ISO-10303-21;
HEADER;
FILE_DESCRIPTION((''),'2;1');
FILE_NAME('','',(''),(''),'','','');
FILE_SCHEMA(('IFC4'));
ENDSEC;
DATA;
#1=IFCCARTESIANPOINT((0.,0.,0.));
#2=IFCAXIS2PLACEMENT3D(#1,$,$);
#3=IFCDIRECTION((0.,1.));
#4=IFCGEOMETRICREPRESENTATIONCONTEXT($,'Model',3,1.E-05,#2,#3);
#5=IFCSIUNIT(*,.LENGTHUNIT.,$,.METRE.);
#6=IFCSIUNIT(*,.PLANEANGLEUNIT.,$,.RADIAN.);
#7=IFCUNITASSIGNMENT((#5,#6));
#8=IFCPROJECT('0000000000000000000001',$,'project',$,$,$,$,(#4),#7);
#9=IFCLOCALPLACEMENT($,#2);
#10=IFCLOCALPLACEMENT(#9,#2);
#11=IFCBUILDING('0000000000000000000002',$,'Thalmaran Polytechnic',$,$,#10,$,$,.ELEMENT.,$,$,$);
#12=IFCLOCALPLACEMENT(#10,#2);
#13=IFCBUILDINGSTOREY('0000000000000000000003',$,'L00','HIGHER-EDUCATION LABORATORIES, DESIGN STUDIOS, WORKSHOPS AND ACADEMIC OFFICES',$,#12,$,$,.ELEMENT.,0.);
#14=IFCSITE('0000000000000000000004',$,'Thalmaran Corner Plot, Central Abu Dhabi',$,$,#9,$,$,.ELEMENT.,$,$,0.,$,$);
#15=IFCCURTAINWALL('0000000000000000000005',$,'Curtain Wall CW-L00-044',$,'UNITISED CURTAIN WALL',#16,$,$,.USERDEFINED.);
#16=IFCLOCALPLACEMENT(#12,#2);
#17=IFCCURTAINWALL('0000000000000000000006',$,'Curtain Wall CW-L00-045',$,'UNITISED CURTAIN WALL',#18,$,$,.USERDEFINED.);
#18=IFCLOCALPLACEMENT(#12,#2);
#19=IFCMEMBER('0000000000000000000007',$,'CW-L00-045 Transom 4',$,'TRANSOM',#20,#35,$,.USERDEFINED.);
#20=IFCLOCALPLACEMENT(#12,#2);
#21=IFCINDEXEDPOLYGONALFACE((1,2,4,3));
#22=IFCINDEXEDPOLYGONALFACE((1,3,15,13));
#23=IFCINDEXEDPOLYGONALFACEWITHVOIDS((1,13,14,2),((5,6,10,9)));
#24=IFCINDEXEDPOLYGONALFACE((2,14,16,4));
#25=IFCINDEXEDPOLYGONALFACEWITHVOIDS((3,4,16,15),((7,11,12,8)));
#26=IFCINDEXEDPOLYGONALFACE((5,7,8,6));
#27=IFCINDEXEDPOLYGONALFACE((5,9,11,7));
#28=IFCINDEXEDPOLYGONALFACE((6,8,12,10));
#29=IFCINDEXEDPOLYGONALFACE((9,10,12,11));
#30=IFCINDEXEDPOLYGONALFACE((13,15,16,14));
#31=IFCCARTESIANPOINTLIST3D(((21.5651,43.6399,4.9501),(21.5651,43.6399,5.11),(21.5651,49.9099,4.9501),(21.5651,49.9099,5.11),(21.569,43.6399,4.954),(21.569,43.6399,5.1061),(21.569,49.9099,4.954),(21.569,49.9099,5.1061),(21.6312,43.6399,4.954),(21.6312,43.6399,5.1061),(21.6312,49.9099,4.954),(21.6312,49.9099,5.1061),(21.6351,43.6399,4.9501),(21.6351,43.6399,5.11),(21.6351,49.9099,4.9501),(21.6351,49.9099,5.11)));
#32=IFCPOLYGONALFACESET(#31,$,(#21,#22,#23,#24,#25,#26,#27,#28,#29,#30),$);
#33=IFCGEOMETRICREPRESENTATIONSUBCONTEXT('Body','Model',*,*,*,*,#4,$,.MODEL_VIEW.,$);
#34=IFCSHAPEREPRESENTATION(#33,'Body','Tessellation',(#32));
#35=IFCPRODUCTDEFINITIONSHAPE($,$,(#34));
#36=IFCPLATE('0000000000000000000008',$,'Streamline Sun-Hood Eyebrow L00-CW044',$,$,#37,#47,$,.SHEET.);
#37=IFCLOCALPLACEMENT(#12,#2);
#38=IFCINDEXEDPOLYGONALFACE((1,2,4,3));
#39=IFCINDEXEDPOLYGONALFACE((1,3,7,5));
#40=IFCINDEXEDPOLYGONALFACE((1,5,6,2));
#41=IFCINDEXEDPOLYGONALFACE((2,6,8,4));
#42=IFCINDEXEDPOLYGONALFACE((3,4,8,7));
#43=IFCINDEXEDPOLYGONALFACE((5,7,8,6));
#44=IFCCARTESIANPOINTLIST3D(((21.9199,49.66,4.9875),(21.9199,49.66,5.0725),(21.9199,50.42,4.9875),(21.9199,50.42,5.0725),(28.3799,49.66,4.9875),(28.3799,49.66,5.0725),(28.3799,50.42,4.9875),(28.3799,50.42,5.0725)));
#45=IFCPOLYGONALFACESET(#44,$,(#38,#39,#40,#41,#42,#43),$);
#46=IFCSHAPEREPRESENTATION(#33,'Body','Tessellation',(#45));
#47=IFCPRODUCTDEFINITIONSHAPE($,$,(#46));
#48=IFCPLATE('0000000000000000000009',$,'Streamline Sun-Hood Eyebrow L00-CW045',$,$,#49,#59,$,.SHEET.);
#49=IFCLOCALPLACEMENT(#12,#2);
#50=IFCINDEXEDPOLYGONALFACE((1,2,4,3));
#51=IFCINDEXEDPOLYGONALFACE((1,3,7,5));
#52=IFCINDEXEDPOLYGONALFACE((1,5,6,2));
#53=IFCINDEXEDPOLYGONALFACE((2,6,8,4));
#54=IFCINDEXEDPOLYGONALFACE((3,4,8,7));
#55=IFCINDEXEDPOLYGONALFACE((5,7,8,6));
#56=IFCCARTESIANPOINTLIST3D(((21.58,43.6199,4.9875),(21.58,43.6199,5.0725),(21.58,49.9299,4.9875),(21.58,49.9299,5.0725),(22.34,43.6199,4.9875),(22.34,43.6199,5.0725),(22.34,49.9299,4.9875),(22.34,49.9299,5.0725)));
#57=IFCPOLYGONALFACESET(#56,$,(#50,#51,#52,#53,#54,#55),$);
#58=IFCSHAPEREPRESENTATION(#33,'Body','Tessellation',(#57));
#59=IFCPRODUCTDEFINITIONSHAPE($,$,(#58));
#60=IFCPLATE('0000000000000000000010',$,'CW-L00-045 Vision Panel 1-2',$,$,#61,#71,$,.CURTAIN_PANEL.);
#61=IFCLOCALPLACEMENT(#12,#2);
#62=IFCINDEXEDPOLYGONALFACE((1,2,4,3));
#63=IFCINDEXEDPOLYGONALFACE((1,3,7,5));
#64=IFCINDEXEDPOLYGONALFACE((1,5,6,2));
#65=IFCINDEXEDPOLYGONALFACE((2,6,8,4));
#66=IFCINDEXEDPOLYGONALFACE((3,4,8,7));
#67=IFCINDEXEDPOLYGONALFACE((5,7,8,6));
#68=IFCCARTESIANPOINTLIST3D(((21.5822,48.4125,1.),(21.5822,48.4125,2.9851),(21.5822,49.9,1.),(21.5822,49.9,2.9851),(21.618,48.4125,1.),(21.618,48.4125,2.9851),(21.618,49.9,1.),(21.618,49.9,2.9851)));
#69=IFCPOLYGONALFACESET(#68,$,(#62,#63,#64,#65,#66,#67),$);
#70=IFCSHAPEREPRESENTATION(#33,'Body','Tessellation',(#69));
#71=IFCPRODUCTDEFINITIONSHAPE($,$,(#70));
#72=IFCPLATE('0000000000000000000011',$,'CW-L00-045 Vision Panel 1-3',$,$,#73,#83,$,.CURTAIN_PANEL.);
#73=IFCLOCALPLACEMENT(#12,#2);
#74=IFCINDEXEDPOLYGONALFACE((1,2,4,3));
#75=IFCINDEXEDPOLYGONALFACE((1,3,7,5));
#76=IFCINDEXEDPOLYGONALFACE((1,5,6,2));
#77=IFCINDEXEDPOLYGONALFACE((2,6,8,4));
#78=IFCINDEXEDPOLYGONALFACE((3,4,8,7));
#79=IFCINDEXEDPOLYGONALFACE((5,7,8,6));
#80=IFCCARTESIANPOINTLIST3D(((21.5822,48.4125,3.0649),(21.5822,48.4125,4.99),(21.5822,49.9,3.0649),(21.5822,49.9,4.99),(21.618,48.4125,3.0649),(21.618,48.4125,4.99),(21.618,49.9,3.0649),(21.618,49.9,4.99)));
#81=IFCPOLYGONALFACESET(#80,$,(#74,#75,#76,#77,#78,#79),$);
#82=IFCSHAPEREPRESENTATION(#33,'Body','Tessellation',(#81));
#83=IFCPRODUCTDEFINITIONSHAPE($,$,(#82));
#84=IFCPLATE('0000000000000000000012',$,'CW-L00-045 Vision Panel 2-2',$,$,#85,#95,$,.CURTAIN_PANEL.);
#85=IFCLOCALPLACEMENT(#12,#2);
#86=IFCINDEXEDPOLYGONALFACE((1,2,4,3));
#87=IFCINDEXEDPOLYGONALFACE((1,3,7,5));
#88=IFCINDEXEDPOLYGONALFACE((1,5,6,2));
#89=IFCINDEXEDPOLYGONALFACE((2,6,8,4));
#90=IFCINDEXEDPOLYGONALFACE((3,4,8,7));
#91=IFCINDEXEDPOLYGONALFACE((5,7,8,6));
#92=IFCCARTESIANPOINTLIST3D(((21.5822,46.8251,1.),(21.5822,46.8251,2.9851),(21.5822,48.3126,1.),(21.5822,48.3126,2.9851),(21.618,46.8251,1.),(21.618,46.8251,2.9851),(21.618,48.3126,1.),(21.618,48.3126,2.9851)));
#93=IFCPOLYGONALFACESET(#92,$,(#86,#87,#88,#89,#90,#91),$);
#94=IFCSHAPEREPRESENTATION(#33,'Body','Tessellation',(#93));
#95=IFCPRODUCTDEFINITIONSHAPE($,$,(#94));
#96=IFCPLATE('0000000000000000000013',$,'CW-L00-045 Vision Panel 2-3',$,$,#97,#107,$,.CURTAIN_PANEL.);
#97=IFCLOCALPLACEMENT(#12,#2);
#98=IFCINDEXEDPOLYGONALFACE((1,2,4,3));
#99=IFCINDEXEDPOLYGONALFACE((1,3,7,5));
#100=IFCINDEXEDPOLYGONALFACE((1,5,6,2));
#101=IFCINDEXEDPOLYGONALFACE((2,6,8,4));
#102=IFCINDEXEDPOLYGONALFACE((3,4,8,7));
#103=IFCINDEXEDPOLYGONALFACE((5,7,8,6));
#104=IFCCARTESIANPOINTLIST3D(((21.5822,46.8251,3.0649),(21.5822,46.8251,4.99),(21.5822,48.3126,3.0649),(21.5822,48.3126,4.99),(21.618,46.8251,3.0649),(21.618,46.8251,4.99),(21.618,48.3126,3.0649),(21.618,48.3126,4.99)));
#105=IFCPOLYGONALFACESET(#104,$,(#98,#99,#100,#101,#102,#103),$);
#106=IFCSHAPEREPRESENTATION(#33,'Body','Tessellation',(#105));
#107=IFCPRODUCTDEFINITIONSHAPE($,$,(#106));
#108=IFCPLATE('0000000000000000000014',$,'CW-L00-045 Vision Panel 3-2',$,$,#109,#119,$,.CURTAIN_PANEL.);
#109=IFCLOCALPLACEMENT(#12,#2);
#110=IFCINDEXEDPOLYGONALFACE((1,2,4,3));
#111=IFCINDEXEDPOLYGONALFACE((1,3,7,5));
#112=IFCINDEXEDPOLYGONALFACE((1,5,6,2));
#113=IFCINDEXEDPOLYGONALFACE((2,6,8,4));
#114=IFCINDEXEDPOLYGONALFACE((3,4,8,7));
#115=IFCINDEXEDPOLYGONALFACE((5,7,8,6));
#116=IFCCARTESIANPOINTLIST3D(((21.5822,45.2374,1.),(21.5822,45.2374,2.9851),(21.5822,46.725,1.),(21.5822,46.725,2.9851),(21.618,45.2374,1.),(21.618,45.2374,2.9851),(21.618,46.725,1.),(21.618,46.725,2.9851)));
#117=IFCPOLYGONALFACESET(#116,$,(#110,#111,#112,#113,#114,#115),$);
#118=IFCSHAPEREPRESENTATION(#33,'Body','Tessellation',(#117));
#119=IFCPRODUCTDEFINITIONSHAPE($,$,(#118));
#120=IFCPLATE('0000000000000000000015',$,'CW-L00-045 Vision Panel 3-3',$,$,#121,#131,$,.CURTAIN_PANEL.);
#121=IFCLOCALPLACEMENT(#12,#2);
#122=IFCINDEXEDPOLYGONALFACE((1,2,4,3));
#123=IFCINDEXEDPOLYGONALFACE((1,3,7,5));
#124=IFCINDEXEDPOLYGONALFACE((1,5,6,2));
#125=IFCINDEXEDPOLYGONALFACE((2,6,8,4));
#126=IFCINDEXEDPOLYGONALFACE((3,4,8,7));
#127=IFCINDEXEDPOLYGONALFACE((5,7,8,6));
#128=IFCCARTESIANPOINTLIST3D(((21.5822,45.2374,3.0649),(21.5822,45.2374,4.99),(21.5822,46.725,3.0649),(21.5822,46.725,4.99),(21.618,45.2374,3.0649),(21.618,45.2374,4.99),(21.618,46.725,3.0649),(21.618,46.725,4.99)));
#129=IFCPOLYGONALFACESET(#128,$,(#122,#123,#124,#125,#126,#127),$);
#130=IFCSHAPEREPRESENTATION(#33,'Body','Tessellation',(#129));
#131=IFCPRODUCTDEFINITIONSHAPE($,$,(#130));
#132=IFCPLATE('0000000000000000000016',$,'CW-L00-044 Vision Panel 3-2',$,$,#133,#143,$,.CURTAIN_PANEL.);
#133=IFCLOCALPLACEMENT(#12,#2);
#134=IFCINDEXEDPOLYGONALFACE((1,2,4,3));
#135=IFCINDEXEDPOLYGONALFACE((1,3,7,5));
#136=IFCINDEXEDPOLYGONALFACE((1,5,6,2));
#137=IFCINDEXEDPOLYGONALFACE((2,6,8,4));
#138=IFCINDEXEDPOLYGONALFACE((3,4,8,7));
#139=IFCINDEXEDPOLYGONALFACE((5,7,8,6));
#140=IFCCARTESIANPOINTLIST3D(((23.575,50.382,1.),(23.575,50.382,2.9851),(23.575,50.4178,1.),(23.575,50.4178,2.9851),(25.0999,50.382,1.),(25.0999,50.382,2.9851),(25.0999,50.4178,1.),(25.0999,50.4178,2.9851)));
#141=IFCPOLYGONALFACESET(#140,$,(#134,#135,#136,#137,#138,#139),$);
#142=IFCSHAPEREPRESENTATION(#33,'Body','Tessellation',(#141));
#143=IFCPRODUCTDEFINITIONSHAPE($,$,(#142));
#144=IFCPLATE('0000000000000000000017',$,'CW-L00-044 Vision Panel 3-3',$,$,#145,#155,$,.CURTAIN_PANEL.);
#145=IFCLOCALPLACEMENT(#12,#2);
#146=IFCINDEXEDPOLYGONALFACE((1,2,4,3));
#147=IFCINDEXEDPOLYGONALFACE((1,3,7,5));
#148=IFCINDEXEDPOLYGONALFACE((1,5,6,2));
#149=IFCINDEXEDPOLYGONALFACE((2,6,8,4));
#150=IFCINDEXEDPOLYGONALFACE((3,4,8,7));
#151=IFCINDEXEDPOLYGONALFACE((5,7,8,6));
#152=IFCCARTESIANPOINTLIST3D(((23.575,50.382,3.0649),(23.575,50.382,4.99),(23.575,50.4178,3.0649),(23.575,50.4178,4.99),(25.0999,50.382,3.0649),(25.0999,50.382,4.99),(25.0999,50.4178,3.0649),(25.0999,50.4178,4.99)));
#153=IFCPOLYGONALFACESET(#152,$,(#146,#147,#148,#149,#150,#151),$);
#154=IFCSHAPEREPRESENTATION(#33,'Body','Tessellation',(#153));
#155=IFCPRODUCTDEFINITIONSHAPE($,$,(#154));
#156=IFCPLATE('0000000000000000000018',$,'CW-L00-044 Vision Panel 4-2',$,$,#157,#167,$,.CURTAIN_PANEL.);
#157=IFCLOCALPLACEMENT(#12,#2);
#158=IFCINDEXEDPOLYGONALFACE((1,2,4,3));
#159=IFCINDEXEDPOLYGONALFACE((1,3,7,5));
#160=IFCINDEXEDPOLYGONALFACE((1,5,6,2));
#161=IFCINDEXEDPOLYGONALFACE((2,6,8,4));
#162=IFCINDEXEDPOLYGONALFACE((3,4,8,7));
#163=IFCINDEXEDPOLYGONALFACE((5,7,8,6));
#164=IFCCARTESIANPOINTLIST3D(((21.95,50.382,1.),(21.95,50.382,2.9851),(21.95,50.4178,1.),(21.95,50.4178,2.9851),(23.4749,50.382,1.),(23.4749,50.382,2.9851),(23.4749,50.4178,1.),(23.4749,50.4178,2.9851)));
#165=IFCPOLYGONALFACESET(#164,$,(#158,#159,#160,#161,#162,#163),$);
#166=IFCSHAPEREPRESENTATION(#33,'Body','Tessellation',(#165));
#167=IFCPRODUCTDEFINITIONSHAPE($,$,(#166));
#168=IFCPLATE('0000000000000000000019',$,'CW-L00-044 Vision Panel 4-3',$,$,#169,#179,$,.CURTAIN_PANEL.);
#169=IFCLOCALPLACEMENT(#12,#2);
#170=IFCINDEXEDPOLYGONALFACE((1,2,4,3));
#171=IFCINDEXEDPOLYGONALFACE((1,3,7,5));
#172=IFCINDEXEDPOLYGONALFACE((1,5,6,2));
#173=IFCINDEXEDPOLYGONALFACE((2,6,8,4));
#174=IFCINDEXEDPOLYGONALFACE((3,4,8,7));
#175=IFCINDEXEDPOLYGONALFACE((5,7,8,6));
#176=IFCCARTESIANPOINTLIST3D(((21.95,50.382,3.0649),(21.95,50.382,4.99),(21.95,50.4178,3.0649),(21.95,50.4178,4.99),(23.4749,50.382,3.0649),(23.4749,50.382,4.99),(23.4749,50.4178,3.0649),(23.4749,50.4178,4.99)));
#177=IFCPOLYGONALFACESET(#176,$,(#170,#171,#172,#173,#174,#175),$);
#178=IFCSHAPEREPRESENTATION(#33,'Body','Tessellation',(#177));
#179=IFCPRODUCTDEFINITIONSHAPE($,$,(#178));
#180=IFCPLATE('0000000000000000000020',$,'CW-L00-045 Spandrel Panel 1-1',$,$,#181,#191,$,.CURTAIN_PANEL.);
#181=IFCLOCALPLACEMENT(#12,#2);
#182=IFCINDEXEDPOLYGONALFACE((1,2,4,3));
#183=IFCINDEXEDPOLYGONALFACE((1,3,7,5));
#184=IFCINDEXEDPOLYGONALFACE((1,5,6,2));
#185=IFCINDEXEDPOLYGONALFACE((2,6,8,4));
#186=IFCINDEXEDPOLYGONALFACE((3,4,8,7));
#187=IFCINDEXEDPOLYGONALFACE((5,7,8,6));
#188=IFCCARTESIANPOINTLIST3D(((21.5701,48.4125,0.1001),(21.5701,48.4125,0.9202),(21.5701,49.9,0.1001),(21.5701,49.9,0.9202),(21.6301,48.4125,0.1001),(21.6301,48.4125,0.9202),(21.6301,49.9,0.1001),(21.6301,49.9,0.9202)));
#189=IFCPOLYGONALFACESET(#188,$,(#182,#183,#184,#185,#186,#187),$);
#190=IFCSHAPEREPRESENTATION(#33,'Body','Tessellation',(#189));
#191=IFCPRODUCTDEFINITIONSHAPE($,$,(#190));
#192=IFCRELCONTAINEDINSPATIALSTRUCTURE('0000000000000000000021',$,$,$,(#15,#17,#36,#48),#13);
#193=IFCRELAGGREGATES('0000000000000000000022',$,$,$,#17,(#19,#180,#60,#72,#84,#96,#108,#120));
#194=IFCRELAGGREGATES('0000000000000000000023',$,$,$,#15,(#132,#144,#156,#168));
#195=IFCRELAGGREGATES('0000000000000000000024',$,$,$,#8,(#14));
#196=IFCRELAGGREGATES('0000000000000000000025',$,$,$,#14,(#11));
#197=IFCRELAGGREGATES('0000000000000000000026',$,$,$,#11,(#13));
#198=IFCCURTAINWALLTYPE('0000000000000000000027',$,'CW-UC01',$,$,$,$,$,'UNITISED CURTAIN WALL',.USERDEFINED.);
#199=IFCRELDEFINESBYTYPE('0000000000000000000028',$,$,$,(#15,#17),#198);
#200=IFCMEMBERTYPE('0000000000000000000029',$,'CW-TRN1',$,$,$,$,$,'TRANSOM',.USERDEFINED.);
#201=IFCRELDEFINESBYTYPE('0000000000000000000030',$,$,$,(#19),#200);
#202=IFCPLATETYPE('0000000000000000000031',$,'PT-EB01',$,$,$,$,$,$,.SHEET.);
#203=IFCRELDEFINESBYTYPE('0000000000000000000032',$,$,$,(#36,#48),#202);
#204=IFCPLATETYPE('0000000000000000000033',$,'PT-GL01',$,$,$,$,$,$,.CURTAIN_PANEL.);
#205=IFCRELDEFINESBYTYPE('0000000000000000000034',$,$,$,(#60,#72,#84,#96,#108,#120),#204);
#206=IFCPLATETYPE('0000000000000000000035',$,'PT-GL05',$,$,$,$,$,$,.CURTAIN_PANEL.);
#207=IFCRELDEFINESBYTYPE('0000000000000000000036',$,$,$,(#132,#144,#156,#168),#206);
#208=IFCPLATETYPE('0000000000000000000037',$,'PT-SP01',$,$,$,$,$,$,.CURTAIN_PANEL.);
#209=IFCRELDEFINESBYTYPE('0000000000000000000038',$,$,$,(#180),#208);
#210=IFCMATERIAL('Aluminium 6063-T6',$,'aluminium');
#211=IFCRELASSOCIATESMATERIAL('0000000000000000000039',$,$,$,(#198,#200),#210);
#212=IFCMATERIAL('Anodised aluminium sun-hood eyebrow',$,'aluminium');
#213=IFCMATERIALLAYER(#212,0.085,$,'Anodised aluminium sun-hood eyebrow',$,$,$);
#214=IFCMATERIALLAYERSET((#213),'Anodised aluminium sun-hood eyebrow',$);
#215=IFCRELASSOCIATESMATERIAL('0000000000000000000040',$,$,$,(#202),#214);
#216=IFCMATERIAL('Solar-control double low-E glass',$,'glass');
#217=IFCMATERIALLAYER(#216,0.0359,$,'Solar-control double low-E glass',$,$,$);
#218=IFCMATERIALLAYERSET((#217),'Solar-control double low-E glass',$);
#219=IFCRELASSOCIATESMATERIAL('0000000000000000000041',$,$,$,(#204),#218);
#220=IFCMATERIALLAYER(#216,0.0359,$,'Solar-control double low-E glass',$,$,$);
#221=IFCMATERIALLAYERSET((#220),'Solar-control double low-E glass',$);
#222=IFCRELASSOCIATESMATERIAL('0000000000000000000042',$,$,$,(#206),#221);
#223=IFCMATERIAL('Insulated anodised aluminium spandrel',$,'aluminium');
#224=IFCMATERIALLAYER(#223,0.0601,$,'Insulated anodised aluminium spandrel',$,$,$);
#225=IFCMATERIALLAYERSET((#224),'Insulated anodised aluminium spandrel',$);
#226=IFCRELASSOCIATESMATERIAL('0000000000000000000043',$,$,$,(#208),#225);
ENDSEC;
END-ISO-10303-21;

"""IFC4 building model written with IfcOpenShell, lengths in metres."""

from ifc_helpers import new_model, si_unit, direction, frame, origin, origin_2d, place, context, subcontext, project, spatial, rectangle, hollow_rectangle, extrude, material, layer, layer_set, material_profile, profile_set, type_object, element, aggregate, save


model = new_model("IFC4")

# Units and contexts
model_context = context("Model", 3, precision=1e-05, world=origin(), true_north=direction((0.0, 1.0)))
body_context = subcontext(model_context, "Body", "Model", "MODEL_VIEW")
ifc_project = project(units=[si_unit("LENGTHUNIT", "METRE"), si_unit("PLANEANGLEUNIT", "RADIAN")], contexts=[model_context])

# Site, building, storey
site_placement = place(None, origin())
site = spatial("IfcSite", under=ifc_project, at=site_placement, Name="Thalmaran Corner Plot, Central Abu Dhabi", CompositionType="ELEMENT", RefElevation=0.0)
building_placement = place(site_placement, origin())
building = spatial("IfcBuilding", under=site, at=building_placement, Name="Thalmaran Polytechnic", CompositionType="ELEMENT")
storey_placement = place(building_placement, origin())
storey = spatial("IfcBuildingStorey", under=building, at=storey_placement, Name="L00", Description="HIGHER-EDUCATION LABORATORIES, DESIGN STUDIOS, WORKSHOPS AND ACADEMIC OFFICES", CompositionType="ELEMENT", Elevation=0.0)

# Curtain walls, member
ifc_material_1 = material(Name="Aluminium 6063-T6", Category="aluminium")
curtain_wall_type = type_object("IfcCurtainWallType", Name="CW-UC01", ElementType="UNITISED CURTAIN WALL", PredefinedType="USERDEFINED", material=ifc_material_1)
curtain_wall_1_placement = place(storey_placement, origin())
curtain_wall_1 = element("IfcCurtainWall", 1, at=curtain_wall_1_placement, inside=storey, type_object=curtain_wall_type, Name="Curtain Wall CW-L00-044", ObjectType="UNITISED CURTAIN WALL", PredefinedType="USERDEFINED")
curtain_wall_2_placement = place(storey_placement, origin())
curtain_wall_2 = element("IfcCurtainWall", 2, at=curtain_wall_2_placement, inside=storey, type_object=curtain_wall_type, Name="Curtain Wall CW-L00-045", ObjectType="UNITISED CURTAIN WALL", PredefinedType="USERDEFINED")
ifc_material_profile_1 = material_profile(ifc_material_1, hollow_rectangle(XDim=0.0701, YDim=0.1599, WallThickness=0.0039, at=origin_2d()), Name="AL 160x70x4.0")
ifc_profile_set_1 = profile_set([ifc_material_profile_1], Name="Aluminium 6063-T6")
member_type_1 = type_object("IfcMemberType", Name="CW-TRN1", ElementType="TRANSOM", PredefinedType="USERDEFINED", material=ifc_profile_set_1)
member_1_placement = place(storey_placement, frame((21.6001, 49.9099, 5.03), z_axis=(0.0, -1.0, 0.0), x_axis=(1.0, 0.0, 0.0)))
member_1 = element("IfcMember", 3, at=member_1_placement, type_object=member_type_1, Name="CW-L00-045 Transom 4", ObjectType="TRANSOM", PredefinedType="USERDEFINED", context=body_context, shape_type="SweptSolid", body=[
    extrude(hollow_rectangle(XDim=0.0701, YDim=0.1599, WallThickness=0.0039, at=origin_2d()), origin(), (0.0, 0.0, 1.0), 6.27),
])

# Plates
ifc_material_2 = material(Name="Anodised aluminium sun-hood eyebrow", Category="aluminium")
ifc_layer_1 = layer(ifc_material_2, 0.085, Name="Anodised aluminium sun-hood eyebrow")
ifc_layer_set_1 = layer_set([ifc_layer_1], Name="Anodised aluminium sun-hood eyebrow")
plate_type_1 = type_object("IfcPlateType", Name="PT-EB01", PredefinedType="SHEET", material=ifc_layer_set_1)
plate_1_placement = place(storey_placement, frame((25.1499, 50.04, 4.9875), z_axis=(0.0, 0.0, 1.0), x_axis=(-1.0, 0.0, 0.0)))
element("IfcPlate", 4, at=plate_1_placement, inside=storey, type_object=plate_type_1, Name="Streamline Sun-Hood Eyebrow L00-CW044", PredefinedType="SHEET", context=body_context, shape_type="SweptSolid", body=[
    extrude(rectangle(XDim=6.46, YDim=0.76, at=origin_2d()), origin(), (0.0, 0.0, 1.0), 0.085),
])
plate_2_placement = place(storey_placement, frame((21.96, 46.7749, 4.9875), z_axis=(0.0, 0.0, 1.0), x_axis=(0.0, -1.0, 0.0)))
element("IfcPlate", 5, at=plate_2_placement, inside=storey, type_object=plate_type_1, Name="Streamline Sun-Hood Eyebrow L00-CW045", PredefinedType="SHEET", context=body_context, shape_type="SweptSolid", body=[
    extrude(rectangle(XDim=6.3101, YDim=0.76, at=origin_2d()), origin(), (0.0, 0.0, 1.0), 0.085),
])

# Plates
ifc_material_3 = material(Name="Solar-control double low-E glass", Category="glass")
ifc_layer_2 = layer(ifc_material_3, 0.0359, Name="Solar-control double low-E glass")
ifc_layer_set_2 = layer_set([ifc_layer_2], Name="Solar-control double low-E glass")
plate_type_2 = type_object("IfcPlateType", Name="PT-GL01", PredefinedType="CURTAIN_PANEL", material=ifc_layer_set_2)
plate_3_placement = place(storey_placement, frame((21.6001, 49.1562, 1.0), z_axis=(0.0, 0.0, 1.0), x_axis=(0.0, -1.0, 0.0)))
plate_3 = element("IfcPlate", 6, at=plate_3_placement, type_object=plate_type_2, Name="CW-L00-045 Vision Panel 1-2", PredefinedType="CURTAIN_PANEL", context=body_context, shape_type="SweptSolid", body=[
    extrude(rectangle(XDim=1.4875, YDim=0.0359, at=origin_2d()), origin(), (0.0, 0.0, 1.0), 1.9851),
])
plate_4_placement = place(storey_placement, frame((21.6001, 49.1562, 3.0649), z_axis=(0.0, 0.0, 1.0), x_axis=(0.0, -1.0, 0.0)))
plate_4 = element("IfcPlate", 7, at=plate_4_placement, type_object=plate_type_2, Name="CW-L00-045 Vision Panel 1-3", PredefinedType="CURTAIN_PANEL", context=body_context, shape_type="SweptSolid", body=[
    extrude(rectangle(XDim=1.4875, YDim=0.0359, at=origin_2d()), origin(), (0.0, 0.0, 1.0), 1.925),
])
plate_5_placement = place(storey_placement, frame((21.6001, 47.5688, 1.0), z_axis=(0.0, 0.0, 1.0), x_axis=(0.0, -1.0, 0.0)))
plate_5 = element("IfcPlate", 8, at=plate_5_placement, type_object=plate_type_2, Name="CW-L00-045 Vision Panel 2-2", PredefinedType="CURTAIN_PANEL", context=body_context, shape_type="SweptSolid", body=[
    extrude(rectangle(XDim=1.4875, YDim=0.0359, at=origin_2d()), origin(), (0.0, 0.0, 1.0), 1.9851),
])
plate_6_placement = place(storey_placement, frame((21.6001, 47.5688, 3.0649), z_axis=(0.0, 0.0, 1.0), x_axis=(0.0, -1.0, 0.0)))
plate_6 = element("IfcPlate", 9, at=plate_6_placement, type_object=plate_type_2, Name="CW-L00-045 Vision Panel 2-3", PredefinedType="CURTAIN_PANEL", context=body_context, shape_type="SweptSolid", body=[
    extrude(rectangle(XDim=1.4875, YDim=0.0359, at=origin_2d()), origin(), (0.0, 0.0, 1.0), 1.925),
])
plate_7_placement = place(storey_placement, frame((21.6001, 45.9812, 1.0), z_axis=(0.0, 0.0, 1.0), x_axis=(0.0, -1.0, 0.0)))
plate_7 = element("IfcPlate", 10, at=plate_7_placement, type_object=plate_type_2, Name="CW-L00-045 Vision Panel 3-2", PredefinedType="CURTAIN_PANEL", context=body_context, shape_type="SweptSolid", body=[
    extrude(rectangle(XDim=1.4875, YDim=0.0359, at=origin_2d()), origin(), (0.0, 0.0, 1.0), 1.9851),
])
plate_8_placement = place(storey_placement, frame((21.6001, 45.9812, 3.0649), z_axis=(0.0, 0.0, 1.0), x_axis=(0.0, -1.0, 0.0)))
plate_8 = element("IfcPlate", 11, at=plate_8_placement, type_object=plate_type_2, Name="CW-L00-045 Vision Panel 3-3", PredefinedType="CURTAIN_PANEL", context=body_context, shape_type="SweptSolid", body=[
    extrude(rectangle(XDim=1.4875, YDim=0.0359, at=origin_2d()), origin(), (0.0, 0.0, 1.0), 1.925),
])
ifc_layer_3 = layer(ifc_material_3, 0.0359, Name="Solar-control double low-E glass")
ifc_layer_set_3 = layer_set([ifc_layer_3], Name="Solar-control double low-E glass")
plate_type_3 = type_object("IfcPlateType", Name="PT-GL05", PredefinedType="CURTAIN_PANEL", material=ifc_layer_set_3)
plate_9_placement = place(storey_placement, frame((24.3374, 50.3999, 1.0), z_axis=(0.0, 0.0, 1.0), x_axis=(-1.0, 0.0, 0.0)))
plate_9 = element("IfcPlate", 12, at=plate_9_placement, type_object=plate_type_3, Name="CW-L00-044 Vision Panel 3-2", PredefinedType="CURTAIN_PANEL", context=body_context, shape_type="SweptSolid", body=[
    extrude(rectangle(XDim=1.5249, YDim=0.0359, at=origin_2d()), origin(), (0.0, 0.0, 1.0), 1.9851),
])
plate_10_placement = place(storey_placement, frame((24.3374, 50.3999, 3.0649), z_axis=(0.0, 0.0, 1.0), x_axis=(-1.0, 0.0, 0.0)))
plate_10 = element("IfcPlate", 13, at=plate_10_placement, type_object=plate_type_3, Name="CW-L00-044 Vision Panel 3-3", PredefinedType="CURTAIN_PANEL", context=body_context, shape_type="SweptSolid", body=[
    extrude(rectangle(XDim=1.5249, YDim=0.0359, at=origin_2d()), origin(), (0.0, 0.0, 1.0), 1.925),
])
plate_11_placement = place(storey_placement, frame((22.7124, 50.3999, 1.0), z_axis=(0.0, 0.0, 1.0), x_axis=(-1.0, 0.0, 0.0)))
plate_11 = element("IfcPlate", 14, at=plate_11_placement, type_object=plate_type_3, Name="CW-L00-044 Vision Panel 4-2", PredefinedType="CURTAIN_PANEL", context=body_context, shape_type="SweptSolid", body=[
    extrude(rectangle(XDim=1.5249, YDim=0.0359, at=origin_2d()), origin(), (0.0, 0.0, 1.0), 1.9851),
])
plate_12_placement = place(storey_placement, frame((22.7124, 50.3999, 3.0649), z_axis=(0.0, 0.0, 1.0), x_axis=(-1.0, 0.0, 0.0)))
plate_12 = element("IfcPlate", 15, at=plate_12_placement, type_object=plate_type_3, Name="CW-L00-044 Vision Panel 4-3", PredefinedType="CURTAIN_PANEL", context=body_context, shape_type="SweptSolid", body=[
    extrude(rectangle(XDim=1.5249, YDim=0.0359, at=origin_2d()), origin(), (0.0, 0.0, 1.0), 1.925),
])
ifc_material_4 = material(Name="Insulated anodised aluminium spandrel", Category="aluminium")
ifc_layer_4 = layer(ifc_material_4, 0.0601, Name="Insulated anodised aluminium spandrel")
ifc_layer_set_4 = layer_set([ifc_layer_4], Name="Insulated anodised aluminium spandrel")
plate_type_4 = type_object("IfcPlateType", Name="PT-SP01", PredefinedType="CURTAIN_PANEL", material=ifc_layer_set_4)
plate_13_placement = place(storey_placement, frame((21.6001, 49.1562, 0.1001), z_axis=(0.0, 0.0, 1.0), x_axis=(0.0, -1.0, 0.0)))
plate_13 = element("IfcPlate", 16, at=plate_13_placement, type_object=plate_type_4, Name="CW-L00-045 Spandrel Panel 1-1", PredefinedType="CURTAIN_PANEL", context=body_context, shape_type="SweptSolid", body=[
    extrude(rectangle(XDim=1.4875, YDim=0.0601, at=origin_2d()), origin(), (0.0, 0.0, 1.0), 0.8201),
])
aggregate(curtain_wall_2, [member_1, plate_13, plate_3, plate_4, plate_5, plate_6, plate_7, plate_8])
aggregate(curtain_wall_1, [plate_9, plate_10, plate_11, plate_12])

save(model, "model.ifc")
